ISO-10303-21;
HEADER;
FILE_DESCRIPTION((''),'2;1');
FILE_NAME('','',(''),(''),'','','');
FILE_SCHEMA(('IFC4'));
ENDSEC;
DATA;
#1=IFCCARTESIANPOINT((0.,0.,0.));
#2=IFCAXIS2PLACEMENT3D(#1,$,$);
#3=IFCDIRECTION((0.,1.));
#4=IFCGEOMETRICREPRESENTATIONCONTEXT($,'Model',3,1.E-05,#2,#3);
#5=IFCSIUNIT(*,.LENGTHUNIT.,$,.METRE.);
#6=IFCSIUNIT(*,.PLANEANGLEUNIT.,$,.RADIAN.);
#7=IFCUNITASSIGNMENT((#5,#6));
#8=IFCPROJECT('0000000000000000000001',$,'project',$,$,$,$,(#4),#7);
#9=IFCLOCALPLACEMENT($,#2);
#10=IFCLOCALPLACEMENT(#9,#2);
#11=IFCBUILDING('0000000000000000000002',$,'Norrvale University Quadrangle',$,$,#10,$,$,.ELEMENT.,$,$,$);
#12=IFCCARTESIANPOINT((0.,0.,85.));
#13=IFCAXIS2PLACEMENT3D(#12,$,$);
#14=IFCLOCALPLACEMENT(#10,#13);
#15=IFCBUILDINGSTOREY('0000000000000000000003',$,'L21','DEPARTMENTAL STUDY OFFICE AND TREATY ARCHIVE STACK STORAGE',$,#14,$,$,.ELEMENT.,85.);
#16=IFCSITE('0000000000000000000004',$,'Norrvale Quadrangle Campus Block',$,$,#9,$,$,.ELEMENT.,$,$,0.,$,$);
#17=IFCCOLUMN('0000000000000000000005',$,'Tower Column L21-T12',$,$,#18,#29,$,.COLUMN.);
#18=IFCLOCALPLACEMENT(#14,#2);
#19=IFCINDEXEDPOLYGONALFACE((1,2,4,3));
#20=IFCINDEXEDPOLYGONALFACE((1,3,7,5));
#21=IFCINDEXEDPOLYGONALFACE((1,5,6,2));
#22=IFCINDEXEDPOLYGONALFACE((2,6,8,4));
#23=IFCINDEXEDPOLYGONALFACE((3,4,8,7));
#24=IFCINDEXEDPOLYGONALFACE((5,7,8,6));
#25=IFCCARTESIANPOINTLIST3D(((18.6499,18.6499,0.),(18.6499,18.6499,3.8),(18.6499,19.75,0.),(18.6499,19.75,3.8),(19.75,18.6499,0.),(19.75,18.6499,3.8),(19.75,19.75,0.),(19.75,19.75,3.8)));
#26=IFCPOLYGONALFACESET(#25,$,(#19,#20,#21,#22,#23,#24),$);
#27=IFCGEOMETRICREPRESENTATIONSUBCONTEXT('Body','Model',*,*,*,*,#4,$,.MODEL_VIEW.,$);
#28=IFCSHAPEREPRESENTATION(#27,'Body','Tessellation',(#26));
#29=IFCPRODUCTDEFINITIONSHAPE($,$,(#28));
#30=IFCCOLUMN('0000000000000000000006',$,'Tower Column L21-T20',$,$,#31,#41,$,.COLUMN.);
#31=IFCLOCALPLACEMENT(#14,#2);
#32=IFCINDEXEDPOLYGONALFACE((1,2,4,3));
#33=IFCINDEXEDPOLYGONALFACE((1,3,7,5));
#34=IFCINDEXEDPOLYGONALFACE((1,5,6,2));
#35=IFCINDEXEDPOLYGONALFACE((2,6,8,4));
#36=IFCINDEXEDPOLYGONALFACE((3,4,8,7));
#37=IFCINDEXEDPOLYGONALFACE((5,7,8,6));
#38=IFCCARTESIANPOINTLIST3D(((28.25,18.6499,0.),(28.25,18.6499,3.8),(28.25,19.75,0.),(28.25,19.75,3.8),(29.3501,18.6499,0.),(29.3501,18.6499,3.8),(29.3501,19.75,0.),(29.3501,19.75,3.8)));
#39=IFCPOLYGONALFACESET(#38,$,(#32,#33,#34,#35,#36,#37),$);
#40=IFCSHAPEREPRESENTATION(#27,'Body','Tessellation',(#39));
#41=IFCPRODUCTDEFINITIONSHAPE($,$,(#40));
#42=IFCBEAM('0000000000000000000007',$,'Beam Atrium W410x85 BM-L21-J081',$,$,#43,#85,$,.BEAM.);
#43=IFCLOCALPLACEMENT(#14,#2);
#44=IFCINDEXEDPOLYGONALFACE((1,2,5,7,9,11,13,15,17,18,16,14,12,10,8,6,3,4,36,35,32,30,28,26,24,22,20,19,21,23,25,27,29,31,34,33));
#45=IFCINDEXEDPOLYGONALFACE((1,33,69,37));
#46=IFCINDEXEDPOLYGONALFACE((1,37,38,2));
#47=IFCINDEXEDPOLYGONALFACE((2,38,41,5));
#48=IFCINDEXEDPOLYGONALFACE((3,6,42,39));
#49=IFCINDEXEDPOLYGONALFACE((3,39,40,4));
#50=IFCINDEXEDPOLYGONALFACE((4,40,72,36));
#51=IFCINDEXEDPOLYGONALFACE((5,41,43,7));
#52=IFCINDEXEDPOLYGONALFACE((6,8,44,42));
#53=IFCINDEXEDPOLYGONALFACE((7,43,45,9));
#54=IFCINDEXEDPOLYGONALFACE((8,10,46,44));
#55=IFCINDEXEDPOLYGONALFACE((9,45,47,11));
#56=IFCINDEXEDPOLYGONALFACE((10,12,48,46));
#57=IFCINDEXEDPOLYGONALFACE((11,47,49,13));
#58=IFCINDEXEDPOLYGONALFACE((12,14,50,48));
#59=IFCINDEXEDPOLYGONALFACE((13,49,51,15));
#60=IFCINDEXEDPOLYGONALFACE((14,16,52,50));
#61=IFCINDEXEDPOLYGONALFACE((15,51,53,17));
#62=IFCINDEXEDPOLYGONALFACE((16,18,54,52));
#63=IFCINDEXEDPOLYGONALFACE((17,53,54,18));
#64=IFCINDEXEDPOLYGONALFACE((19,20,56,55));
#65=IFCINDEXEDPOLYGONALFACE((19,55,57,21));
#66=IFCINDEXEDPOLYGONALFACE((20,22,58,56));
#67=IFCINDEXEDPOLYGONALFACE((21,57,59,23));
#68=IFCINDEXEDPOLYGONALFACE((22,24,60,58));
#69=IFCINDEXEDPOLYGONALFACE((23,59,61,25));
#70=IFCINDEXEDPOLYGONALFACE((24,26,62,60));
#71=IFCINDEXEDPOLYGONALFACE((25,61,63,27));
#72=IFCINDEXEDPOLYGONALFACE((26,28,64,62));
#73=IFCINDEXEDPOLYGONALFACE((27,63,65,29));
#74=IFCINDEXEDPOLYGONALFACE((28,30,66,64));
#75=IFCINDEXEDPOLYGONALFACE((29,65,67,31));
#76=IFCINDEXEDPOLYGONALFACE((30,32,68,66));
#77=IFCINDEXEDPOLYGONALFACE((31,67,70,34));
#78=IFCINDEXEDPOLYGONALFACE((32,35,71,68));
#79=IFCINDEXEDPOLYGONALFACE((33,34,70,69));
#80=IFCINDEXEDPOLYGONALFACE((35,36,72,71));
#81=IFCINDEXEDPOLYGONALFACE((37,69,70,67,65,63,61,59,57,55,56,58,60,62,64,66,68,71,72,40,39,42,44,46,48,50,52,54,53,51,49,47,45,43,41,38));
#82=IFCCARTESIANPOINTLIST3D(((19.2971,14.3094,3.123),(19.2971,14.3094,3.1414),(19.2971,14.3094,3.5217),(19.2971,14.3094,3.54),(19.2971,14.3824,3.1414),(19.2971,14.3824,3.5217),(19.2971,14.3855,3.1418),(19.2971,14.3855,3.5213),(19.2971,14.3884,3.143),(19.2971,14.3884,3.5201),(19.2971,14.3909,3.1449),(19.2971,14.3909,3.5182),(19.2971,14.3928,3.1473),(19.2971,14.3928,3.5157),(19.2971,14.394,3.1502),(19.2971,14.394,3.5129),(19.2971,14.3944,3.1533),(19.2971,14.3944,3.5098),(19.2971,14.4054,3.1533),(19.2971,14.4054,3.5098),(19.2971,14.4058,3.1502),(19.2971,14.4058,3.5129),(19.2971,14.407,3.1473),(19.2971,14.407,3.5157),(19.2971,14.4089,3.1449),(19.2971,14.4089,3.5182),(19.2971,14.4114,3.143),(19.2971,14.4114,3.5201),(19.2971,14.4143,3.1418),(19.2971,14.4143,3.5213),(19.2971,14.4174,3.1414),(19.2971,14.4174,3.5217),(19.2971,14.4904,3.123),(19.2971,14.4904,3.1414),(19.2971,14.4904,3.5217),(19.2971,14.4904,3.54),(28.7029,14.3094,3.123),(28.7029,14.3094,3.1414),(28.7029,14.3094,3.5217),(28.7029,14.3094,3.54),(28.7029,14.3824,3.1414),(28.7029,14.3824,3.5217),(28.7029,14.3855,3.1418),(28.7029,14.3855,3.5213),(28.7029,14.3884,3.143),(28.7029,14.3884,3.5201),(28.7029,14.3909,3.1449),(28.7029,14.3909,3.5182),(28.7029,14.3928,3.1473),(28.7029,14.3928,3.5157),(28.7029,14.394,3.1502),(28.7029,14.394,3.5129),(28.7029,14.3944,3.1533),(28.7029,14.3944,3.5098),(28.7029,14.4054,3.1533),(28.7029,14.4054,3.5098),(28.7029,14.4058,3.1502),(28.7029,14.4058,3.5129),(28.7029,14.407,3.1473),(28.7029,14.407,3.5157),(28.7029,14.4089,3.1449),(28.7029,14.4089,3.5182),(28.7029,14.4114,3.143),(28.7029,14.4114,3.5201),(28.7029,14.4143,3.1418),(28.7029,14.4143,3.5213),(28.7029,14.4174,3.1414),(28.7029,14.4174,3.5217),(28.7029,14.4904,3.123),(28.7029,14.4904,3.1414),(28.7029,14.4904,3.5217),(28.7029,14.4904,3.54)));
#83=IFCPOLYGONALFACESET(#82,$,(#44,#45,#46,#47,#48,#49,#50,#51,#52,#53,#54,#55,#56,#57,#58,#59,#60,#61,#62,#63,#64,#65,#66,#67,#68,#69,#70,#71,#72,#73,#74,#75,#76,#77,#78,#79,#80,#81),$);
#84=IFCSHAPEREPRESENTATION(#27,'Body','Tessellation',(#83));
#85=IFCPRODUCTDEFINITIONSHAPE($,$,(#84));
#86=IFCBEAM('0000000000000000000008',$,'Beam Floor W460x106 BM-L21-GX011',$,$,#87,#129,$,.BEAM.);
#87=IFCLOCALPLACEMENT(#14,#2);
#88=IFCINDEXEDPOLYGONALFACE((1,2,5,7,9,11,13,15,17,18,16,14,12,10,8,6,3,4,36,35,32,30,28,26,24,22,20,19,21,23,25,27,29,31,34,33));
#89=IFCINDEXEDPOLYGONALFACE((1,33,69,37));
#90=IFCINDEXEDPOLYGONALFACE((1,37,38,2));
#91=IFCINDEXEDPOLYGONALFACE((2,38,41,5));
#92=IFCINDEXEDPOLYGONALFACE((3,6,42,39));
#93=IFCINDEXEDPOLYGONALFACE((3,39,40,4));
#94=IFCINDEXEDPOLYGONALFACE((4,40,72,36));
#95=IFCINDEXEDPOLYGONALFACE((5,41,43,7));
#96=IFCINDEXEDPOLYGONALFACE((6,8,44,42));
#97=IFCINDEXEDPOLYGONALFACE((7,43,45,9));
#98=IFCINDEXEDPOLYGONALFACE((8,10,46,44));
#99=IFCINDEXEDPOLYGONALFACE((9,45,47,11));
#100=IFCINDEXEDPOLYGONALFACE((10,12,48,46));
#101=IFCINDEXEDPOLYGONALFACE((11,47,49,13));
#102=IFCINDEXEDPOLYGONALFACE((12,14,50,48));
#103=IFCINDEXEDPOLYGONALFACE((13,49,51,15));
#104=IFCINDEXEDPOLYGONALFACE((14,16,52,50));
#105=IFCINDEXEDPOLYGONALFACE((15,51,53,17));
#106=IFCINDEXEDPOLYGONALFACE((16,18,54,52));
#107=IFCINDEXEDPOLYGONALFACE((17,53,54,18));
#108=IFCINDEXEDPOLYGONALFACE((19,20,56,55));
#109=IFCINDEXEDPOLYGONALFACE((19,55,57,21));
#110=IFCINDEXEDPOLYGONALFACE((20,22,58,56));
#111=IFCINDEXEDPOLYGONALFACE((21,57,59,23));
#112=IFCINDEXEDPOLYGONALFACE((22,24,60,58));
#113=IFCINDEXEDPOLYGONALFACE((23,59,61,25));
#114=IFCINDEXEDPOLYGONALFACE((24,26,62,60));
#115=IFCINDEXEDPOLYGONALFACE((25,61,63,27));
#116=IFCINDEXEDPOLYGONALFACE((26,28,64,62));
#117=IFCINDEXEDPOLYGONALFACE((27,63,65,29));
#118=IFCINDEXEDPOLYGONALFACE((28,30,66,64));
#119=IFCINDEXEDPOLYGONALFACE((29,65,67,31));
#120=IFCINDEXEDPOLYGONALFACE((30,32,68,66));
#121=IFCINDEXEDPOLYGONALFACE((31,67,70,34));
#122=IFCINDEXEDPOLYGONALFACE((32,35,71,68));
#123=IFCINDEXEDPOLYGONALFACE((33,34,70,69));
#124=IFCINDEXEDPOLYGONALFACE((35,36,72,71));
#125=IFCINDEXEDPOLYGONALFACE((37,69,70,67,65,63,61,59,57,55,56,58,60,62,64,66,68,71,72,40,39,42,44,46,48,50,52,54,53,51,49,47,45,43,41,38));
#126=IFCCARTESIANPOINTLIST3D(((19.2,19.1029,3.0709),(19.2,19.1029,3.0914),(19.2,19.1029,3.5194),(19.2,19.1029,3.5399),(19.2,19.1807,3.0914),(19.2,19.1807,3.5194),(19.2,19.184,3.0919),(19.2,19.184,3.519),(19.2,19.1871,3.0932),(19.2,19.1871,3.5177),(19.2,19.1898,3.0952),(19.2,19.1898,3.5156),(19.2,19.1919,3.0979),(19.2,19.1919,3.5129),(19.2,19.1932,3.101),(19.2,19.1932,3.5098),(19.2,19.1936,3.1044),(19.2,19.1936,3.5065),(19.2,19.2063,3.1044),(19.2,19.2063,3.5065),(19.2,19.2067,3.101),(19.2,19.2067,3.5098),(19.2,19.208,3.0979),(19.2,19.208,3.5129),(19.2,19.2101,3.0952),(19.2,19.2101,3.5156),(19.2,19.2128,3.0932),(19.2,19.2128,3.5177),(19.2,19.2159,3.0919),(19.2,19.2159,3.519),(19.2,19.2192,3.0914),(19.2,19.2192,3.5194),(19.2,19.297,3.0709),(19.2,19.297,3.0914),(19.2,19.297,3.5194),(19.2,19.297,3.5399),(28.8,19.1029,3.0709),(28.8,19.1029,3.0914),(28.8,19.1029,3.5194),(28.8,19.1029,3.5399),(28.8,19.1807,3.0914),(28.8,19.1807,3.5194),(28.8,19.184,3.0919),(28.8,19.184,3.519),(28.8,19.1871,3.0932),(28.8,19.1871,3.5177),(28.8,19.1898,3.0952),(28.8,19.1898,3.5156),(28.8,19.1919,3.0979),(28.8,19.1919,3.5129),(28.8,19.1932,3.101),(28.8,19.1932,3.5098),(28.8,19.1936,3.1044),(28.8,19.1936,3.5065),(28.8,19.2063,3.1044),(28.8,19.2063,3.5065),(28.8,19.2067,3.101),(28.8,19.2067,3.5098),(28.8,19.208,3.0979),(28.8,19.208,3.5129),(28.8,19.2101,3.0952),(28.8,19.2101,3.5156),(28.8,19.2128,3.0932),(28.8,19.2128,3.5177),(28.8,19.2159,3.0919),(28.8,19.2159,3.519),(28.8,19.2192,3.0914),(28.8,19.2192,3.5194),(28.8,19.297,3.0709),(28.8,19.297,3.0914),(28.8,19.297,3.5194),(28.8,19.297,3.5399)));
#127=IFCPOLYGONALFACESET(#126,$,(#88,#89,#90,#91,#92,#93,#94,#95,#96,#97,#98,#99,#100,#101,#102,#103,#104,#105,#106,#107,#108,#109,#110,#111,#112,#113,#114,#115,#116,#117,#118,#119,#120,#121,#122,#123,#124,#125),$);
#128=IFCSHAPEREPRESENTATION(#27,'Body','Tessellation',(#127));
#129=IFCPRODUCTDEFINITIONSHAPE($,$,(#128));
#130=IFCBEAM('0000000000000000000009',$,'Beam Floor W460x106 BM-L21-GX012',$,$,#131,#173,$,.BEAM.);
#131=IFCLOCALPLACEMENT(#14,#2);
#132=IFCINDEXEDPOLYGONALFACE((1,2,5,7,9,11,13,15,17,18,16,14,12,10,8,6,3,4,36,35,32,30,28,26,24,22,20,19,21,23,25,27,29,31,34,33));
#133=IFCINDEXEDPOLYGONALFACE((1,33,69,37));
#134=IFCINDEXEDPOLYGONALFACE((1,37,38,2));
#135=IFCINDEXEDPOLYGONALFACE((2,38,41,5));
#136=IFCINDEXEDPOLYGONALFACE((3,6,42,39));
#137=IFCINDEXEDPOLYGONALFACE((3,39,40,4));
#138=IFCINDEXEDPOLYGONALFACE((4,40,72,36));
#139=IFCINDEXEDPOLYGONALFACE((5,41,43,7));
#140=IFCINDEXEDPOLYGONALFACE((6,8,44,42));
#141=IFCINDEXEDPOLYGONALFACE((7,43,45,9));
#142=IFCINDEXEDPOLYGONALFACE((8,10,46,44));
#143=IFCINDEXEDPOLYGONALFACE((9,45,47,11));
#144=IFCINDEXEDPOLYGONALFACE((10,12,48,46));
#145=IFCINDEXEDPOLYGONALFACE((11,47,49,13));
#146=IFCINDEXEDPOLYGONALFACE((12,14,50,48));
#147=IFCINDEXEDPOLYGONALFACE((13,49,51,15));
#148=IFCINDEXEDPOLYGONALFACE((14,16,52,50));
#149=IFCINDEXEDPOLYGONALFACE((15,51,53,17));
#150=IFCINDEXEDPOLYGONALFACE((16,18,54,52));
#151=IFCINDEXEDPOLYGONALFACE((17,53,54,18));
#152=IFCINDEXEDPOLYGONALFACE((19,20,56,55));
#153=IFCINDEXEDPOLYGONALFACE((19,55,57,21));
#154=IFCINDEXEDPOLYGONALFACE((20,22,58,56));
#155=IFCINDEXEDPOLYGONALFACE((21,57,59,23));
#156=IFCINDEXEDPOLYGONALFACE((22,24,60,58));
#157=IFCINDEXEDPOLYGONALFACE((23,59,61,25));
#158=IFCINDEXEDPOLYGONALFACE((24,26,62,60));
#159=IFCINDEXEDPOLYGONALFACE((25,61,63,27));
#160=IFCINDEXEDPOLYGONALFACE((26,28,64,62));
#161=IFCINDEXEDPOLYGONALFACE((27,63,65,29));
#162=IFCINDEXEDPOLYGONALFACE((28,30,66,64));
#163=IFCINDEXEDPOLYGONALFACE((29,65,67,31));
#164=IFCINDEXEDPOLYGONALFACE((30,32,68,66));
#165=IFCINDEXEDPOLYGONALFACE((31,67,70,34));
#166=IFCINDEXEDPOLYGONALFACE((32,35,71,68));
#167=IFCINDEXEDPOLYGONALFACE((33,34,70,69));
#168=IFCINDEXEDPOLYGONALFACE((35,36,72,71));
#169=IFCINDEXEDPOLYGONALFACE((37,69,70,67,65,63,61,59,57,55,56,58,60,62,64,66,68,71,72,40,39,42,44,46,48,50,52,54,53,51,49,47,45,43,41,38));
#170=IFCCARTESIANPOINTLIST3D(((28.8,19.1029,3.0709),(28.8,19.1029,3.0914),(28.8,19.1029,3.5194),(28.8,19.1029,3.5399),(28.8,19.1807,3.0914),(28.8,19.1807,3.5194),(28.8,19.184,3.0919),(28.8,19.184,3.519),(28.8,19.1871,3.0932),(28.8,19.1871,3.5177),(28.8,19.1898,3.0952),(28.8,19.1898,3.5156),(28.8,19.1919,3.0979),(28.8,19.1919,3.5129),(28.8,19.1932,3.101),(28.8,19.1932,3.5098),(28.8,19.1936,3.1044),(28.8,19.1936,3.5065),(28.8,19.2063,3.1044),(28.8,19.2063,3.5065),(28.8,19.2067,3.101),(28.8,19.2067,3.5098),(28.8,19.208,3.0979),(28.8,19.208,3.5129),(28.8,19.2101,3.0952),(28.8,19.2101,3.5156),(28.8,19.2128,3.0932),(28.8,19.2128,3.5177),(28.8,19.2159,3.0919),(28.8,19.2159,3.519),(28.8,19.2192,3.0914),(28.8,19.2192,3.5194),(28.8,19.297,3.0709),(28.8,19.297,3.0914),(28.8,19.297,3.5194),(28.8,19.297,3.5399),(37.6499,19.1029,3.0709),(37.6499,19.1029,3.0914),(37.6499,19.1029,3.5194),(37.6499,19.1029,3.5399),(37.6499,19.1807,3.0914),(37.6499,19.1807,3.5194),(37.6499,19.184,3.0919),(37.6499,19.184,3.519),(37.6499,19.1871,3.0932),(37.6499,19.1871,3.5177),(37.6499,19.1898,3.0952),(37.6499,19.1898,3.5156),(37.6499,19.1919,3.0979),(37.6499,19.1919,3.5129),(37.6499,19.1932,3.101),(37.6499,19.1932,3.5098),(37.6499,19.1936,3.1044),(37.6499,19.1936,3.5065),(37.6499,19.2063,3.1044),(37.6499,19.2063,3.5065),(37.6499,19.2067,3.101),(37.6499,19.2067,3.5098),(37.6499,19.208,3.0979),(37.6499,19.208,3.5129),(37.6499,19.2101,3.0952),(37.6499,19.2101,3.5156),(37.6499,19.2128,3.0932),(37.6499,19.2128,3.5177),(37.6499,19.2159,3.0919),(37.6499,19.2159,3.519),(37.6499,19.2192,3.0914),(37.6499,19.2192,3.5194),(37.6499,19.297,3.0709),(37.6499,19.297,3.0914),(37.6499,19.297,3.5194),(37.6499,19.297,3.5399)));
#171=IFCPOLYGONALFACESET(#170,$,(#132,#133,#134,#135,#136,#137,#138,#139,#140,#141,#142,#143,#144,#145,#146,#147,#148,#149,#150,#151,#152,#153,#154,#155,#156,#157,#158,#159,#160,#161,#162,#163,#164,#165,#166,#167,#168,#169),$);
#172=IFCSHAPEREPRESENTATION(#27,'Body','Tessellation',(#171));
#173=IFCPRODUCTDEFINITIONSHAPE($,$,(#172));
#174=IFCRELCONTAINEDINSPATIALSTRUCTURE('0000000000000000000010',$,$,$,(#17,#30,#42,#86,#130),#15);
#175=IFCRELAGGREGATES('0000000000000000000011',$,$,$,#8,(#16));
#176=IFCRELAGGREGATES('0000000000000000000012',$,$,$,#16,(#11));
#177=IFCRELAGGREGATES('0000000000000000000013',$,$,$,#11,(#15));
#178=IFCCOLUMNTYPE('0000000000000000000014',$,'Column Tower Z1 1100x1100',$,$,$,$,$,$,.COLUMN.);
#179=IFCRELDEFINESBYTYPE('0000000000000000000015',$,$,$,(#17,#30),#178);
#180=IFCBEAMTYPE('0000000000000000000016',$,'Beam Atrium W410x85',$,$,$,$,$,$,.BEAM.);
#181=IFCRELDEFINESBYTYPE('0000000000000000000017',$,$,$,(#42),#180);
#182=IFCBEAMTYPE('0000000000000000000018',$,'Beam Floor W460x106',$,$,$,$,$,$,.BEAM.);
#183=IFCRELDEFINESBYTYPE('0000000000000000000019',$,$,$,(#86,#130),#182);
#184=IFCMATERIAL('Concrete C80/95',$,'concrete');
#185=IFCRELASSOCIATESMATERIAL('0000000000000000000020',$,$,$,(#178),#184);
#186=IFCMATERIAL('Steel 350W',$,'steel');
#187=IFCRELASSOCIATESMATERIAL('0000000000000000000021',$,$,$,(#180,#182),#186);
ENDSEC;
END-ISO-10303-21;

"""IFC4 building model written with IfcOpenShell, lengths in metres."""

from ifc_helpers import new_model, si_unit, direction, frame, origin, origin_2d, place, context, subcontext, project, spatial, rectangle, i_section, extrude, material, material_profile, profile_set, type_object, element, save


model = new_model("IFC4")

# Units and contexts
model_context = context("Model", 3, precision=1e-05, world=origin(), true_north=direction((0.0, 1.0)))
body_context = subcontext(model_context, "Body", "Model", "MODEL_VIEW")
ifc_project = project(units=[si_unit("LENGTHUNIT", "METRE"), si_unit("PLANEANGLEUNIT", "RADIAN")], contexts=[model_context])

# Site, building, storey
site_placement = place(None, origin())
site = spatial("IfcSite", under=ifc_project, at=site_placement, Name="Norrvale Quadrangle Campus Block", CompositionType="ELEMENT", RefElevation=0.0)
building_placement = place(site_placement, origin())
building = spatial("IfcBuilding", under=site, at=building_placement, Name="Norrvale University Quadrangle", CompositionType="ELEMENT")
storey_placement = place(building_placement, frame((0.0, 0.0, 85.0)))
storey = spatial("IfcBuildingStorey", under=building, at=storey_placement, Name="L21", Description="DEPARTMENTAL STUDY OFFICE AND TREATY ARCHIVE STACK STORAGE", CompositionType="ELEMENT", Elevation=85.0)

# Columns
ifc_material_1 = material(Name="Concrete C80/95", Category="concrete")
ifc_material_profile_1 = material_profile(ifc_material_1, rectangle(XDim=1.1001, YDim=1.1001, at=origin_2d()), Name="Concrete C80/95")
ifc_profile_set_1 = profile_set([ifc_material_profile_1], Name="Concrete C80/95")
column_type = type_object("IfcColumnType", Name="Column Tower Z1 1100x1100", PredefinedType="COLUMN", material=ifc_profile_set_1)
for number, where, z_axis, x_axis, name in (
    (1, (19.2, 19.2, 0.0), (0.0, 0.0, 1.0), (1.0, 0.0, 0.0), "Tower Column L21-T12"),
    (2, (28.8, 19.2, 0.0), (0.0, 0.0, 1.0), (1.0, 0.0, 0.0), "Tower Column L21-T20"),
):
    element("IfcColumn", number, at=place(storey_placement, frame(where, z_axis=z_axis, x_axis=x_axis)), inside=storey, type_object=column_type, Name=name, PredefinedType="COLUMN", context=body_context, shape_type="SweptSolid", body=[
        extrude(rectangle(XDim=1.1001, YDim=1.1001, at=origin_2d()), origin(), (0.0, 0.0, 1.0), 3.8),
    ])

# Beams
ifc_material_2 = material(Name="Steel 350W", Category="steel")
ifc_material_profile_2 = material_profile(ifc_material_2, i_section(OverallWidth=0.1809, OverallDepth=0.417, WebThickness=0.011, FlangeThickness=0.0183, FilletRadius=0.012, at=origin_2d()), Name="Steel 350W")
ifc_profile_set_2 = profile_set([ifc_material_profile_2], Name="Steel 350W")
beam_type_1 = type_object("IfcBeamType", Name="Beam Atrium W410x85", PredefinedType="BEAM", material=ifc_profile_set_2)
beam_1_placement = place(storey_placement, frame((19.2971, 14.3999, 3.3315), z_axis=(1.0, 0.0, 0.0), x_axis=(0.0, 1.0, 0.0)))
element("IfcBeam", 3, at=beam_1_placement, inside=storey, type_object=beam_type_1, Name="Beam Atrium W410x85 BM-L21-J081", PredefinedType="BEAM", context=body_context, shape_type="SweptSolid", body=[
    extrude(i_section(OverallWidth=0.1809, OverallDepth=0.417, WebThickness=0.011, FlangeThickness=0.0183, FilletRadius=0.012, at=origin_2d()), origin(), (0.0, 0.0, 1.0), 9.4058),
])
ifc_material_profile_3 = material_profile(ifc_material_2, i_section(OverallWidth=0.1941, OverallDepth=0.469, WebThickness=0.0127, FlangeThickness=0.0205, FilletRadius=0.0129, at=origin_2d()), Name="Steel 350W")
ifc_profile_set_3 = profile_set([ifc_material_profile_3], Name="Steel 350W")
beam_type_2 = type_object("IfcBeamType", Name="Beam Floor W460x106", PredefinedType="BEAM", material=ifc_profile_set_3)
beam_2_placement = place(storey_placement, frame((19.2, 19.2, 3.3054), z_axis=(1.0, 0.0, 0.0), x_axis=(0.0, 1.0, 0.0)))
element("IfcBeam", 4, at=beam_2_placement, inside=storey, type_object=beam_type_2, Name="Beam Floor W460x106 BM-L21-GX011", PredefinedType="BEAM", context=body_context, shape_type="SweptSolid", body=[
    extrude(i_section(OverallWidth=0.1941, OverallDepth=0.469, WebThickness=0.0127, FlangeThickness=0.0205, FilletRadius=0.0129, at=origin_2d()), origin(), (0.0, 0.0, 1.0), 9.6001),
])
beam_3_placement = place(storey_placement, frame((28.8, 19.2, 3.3054), z_axis=(1.0, 0.0, 0.0), x_axis=(0.0, 1.0, 0.0)))
element("IfcBeam", 5, at=beam_3_placement, inside=storey, type_object=beam_type_2, Name="Beam Floor W460x106 BM-L21-GX012", PredefinedType="BEAM", context=body_context, shape_type="SweptSolid", body=[
    extrude(i_section(OverallWidth=0.1941, OverallDepth=0.469, WebThickness=0.0127, FlangeThickness=0.0205, FilletRadius=0.0129, at=origin_2d()), origin(), (0.0, 0.0, 1.0), 8.8499),
])

save(model, "model.ifc")
